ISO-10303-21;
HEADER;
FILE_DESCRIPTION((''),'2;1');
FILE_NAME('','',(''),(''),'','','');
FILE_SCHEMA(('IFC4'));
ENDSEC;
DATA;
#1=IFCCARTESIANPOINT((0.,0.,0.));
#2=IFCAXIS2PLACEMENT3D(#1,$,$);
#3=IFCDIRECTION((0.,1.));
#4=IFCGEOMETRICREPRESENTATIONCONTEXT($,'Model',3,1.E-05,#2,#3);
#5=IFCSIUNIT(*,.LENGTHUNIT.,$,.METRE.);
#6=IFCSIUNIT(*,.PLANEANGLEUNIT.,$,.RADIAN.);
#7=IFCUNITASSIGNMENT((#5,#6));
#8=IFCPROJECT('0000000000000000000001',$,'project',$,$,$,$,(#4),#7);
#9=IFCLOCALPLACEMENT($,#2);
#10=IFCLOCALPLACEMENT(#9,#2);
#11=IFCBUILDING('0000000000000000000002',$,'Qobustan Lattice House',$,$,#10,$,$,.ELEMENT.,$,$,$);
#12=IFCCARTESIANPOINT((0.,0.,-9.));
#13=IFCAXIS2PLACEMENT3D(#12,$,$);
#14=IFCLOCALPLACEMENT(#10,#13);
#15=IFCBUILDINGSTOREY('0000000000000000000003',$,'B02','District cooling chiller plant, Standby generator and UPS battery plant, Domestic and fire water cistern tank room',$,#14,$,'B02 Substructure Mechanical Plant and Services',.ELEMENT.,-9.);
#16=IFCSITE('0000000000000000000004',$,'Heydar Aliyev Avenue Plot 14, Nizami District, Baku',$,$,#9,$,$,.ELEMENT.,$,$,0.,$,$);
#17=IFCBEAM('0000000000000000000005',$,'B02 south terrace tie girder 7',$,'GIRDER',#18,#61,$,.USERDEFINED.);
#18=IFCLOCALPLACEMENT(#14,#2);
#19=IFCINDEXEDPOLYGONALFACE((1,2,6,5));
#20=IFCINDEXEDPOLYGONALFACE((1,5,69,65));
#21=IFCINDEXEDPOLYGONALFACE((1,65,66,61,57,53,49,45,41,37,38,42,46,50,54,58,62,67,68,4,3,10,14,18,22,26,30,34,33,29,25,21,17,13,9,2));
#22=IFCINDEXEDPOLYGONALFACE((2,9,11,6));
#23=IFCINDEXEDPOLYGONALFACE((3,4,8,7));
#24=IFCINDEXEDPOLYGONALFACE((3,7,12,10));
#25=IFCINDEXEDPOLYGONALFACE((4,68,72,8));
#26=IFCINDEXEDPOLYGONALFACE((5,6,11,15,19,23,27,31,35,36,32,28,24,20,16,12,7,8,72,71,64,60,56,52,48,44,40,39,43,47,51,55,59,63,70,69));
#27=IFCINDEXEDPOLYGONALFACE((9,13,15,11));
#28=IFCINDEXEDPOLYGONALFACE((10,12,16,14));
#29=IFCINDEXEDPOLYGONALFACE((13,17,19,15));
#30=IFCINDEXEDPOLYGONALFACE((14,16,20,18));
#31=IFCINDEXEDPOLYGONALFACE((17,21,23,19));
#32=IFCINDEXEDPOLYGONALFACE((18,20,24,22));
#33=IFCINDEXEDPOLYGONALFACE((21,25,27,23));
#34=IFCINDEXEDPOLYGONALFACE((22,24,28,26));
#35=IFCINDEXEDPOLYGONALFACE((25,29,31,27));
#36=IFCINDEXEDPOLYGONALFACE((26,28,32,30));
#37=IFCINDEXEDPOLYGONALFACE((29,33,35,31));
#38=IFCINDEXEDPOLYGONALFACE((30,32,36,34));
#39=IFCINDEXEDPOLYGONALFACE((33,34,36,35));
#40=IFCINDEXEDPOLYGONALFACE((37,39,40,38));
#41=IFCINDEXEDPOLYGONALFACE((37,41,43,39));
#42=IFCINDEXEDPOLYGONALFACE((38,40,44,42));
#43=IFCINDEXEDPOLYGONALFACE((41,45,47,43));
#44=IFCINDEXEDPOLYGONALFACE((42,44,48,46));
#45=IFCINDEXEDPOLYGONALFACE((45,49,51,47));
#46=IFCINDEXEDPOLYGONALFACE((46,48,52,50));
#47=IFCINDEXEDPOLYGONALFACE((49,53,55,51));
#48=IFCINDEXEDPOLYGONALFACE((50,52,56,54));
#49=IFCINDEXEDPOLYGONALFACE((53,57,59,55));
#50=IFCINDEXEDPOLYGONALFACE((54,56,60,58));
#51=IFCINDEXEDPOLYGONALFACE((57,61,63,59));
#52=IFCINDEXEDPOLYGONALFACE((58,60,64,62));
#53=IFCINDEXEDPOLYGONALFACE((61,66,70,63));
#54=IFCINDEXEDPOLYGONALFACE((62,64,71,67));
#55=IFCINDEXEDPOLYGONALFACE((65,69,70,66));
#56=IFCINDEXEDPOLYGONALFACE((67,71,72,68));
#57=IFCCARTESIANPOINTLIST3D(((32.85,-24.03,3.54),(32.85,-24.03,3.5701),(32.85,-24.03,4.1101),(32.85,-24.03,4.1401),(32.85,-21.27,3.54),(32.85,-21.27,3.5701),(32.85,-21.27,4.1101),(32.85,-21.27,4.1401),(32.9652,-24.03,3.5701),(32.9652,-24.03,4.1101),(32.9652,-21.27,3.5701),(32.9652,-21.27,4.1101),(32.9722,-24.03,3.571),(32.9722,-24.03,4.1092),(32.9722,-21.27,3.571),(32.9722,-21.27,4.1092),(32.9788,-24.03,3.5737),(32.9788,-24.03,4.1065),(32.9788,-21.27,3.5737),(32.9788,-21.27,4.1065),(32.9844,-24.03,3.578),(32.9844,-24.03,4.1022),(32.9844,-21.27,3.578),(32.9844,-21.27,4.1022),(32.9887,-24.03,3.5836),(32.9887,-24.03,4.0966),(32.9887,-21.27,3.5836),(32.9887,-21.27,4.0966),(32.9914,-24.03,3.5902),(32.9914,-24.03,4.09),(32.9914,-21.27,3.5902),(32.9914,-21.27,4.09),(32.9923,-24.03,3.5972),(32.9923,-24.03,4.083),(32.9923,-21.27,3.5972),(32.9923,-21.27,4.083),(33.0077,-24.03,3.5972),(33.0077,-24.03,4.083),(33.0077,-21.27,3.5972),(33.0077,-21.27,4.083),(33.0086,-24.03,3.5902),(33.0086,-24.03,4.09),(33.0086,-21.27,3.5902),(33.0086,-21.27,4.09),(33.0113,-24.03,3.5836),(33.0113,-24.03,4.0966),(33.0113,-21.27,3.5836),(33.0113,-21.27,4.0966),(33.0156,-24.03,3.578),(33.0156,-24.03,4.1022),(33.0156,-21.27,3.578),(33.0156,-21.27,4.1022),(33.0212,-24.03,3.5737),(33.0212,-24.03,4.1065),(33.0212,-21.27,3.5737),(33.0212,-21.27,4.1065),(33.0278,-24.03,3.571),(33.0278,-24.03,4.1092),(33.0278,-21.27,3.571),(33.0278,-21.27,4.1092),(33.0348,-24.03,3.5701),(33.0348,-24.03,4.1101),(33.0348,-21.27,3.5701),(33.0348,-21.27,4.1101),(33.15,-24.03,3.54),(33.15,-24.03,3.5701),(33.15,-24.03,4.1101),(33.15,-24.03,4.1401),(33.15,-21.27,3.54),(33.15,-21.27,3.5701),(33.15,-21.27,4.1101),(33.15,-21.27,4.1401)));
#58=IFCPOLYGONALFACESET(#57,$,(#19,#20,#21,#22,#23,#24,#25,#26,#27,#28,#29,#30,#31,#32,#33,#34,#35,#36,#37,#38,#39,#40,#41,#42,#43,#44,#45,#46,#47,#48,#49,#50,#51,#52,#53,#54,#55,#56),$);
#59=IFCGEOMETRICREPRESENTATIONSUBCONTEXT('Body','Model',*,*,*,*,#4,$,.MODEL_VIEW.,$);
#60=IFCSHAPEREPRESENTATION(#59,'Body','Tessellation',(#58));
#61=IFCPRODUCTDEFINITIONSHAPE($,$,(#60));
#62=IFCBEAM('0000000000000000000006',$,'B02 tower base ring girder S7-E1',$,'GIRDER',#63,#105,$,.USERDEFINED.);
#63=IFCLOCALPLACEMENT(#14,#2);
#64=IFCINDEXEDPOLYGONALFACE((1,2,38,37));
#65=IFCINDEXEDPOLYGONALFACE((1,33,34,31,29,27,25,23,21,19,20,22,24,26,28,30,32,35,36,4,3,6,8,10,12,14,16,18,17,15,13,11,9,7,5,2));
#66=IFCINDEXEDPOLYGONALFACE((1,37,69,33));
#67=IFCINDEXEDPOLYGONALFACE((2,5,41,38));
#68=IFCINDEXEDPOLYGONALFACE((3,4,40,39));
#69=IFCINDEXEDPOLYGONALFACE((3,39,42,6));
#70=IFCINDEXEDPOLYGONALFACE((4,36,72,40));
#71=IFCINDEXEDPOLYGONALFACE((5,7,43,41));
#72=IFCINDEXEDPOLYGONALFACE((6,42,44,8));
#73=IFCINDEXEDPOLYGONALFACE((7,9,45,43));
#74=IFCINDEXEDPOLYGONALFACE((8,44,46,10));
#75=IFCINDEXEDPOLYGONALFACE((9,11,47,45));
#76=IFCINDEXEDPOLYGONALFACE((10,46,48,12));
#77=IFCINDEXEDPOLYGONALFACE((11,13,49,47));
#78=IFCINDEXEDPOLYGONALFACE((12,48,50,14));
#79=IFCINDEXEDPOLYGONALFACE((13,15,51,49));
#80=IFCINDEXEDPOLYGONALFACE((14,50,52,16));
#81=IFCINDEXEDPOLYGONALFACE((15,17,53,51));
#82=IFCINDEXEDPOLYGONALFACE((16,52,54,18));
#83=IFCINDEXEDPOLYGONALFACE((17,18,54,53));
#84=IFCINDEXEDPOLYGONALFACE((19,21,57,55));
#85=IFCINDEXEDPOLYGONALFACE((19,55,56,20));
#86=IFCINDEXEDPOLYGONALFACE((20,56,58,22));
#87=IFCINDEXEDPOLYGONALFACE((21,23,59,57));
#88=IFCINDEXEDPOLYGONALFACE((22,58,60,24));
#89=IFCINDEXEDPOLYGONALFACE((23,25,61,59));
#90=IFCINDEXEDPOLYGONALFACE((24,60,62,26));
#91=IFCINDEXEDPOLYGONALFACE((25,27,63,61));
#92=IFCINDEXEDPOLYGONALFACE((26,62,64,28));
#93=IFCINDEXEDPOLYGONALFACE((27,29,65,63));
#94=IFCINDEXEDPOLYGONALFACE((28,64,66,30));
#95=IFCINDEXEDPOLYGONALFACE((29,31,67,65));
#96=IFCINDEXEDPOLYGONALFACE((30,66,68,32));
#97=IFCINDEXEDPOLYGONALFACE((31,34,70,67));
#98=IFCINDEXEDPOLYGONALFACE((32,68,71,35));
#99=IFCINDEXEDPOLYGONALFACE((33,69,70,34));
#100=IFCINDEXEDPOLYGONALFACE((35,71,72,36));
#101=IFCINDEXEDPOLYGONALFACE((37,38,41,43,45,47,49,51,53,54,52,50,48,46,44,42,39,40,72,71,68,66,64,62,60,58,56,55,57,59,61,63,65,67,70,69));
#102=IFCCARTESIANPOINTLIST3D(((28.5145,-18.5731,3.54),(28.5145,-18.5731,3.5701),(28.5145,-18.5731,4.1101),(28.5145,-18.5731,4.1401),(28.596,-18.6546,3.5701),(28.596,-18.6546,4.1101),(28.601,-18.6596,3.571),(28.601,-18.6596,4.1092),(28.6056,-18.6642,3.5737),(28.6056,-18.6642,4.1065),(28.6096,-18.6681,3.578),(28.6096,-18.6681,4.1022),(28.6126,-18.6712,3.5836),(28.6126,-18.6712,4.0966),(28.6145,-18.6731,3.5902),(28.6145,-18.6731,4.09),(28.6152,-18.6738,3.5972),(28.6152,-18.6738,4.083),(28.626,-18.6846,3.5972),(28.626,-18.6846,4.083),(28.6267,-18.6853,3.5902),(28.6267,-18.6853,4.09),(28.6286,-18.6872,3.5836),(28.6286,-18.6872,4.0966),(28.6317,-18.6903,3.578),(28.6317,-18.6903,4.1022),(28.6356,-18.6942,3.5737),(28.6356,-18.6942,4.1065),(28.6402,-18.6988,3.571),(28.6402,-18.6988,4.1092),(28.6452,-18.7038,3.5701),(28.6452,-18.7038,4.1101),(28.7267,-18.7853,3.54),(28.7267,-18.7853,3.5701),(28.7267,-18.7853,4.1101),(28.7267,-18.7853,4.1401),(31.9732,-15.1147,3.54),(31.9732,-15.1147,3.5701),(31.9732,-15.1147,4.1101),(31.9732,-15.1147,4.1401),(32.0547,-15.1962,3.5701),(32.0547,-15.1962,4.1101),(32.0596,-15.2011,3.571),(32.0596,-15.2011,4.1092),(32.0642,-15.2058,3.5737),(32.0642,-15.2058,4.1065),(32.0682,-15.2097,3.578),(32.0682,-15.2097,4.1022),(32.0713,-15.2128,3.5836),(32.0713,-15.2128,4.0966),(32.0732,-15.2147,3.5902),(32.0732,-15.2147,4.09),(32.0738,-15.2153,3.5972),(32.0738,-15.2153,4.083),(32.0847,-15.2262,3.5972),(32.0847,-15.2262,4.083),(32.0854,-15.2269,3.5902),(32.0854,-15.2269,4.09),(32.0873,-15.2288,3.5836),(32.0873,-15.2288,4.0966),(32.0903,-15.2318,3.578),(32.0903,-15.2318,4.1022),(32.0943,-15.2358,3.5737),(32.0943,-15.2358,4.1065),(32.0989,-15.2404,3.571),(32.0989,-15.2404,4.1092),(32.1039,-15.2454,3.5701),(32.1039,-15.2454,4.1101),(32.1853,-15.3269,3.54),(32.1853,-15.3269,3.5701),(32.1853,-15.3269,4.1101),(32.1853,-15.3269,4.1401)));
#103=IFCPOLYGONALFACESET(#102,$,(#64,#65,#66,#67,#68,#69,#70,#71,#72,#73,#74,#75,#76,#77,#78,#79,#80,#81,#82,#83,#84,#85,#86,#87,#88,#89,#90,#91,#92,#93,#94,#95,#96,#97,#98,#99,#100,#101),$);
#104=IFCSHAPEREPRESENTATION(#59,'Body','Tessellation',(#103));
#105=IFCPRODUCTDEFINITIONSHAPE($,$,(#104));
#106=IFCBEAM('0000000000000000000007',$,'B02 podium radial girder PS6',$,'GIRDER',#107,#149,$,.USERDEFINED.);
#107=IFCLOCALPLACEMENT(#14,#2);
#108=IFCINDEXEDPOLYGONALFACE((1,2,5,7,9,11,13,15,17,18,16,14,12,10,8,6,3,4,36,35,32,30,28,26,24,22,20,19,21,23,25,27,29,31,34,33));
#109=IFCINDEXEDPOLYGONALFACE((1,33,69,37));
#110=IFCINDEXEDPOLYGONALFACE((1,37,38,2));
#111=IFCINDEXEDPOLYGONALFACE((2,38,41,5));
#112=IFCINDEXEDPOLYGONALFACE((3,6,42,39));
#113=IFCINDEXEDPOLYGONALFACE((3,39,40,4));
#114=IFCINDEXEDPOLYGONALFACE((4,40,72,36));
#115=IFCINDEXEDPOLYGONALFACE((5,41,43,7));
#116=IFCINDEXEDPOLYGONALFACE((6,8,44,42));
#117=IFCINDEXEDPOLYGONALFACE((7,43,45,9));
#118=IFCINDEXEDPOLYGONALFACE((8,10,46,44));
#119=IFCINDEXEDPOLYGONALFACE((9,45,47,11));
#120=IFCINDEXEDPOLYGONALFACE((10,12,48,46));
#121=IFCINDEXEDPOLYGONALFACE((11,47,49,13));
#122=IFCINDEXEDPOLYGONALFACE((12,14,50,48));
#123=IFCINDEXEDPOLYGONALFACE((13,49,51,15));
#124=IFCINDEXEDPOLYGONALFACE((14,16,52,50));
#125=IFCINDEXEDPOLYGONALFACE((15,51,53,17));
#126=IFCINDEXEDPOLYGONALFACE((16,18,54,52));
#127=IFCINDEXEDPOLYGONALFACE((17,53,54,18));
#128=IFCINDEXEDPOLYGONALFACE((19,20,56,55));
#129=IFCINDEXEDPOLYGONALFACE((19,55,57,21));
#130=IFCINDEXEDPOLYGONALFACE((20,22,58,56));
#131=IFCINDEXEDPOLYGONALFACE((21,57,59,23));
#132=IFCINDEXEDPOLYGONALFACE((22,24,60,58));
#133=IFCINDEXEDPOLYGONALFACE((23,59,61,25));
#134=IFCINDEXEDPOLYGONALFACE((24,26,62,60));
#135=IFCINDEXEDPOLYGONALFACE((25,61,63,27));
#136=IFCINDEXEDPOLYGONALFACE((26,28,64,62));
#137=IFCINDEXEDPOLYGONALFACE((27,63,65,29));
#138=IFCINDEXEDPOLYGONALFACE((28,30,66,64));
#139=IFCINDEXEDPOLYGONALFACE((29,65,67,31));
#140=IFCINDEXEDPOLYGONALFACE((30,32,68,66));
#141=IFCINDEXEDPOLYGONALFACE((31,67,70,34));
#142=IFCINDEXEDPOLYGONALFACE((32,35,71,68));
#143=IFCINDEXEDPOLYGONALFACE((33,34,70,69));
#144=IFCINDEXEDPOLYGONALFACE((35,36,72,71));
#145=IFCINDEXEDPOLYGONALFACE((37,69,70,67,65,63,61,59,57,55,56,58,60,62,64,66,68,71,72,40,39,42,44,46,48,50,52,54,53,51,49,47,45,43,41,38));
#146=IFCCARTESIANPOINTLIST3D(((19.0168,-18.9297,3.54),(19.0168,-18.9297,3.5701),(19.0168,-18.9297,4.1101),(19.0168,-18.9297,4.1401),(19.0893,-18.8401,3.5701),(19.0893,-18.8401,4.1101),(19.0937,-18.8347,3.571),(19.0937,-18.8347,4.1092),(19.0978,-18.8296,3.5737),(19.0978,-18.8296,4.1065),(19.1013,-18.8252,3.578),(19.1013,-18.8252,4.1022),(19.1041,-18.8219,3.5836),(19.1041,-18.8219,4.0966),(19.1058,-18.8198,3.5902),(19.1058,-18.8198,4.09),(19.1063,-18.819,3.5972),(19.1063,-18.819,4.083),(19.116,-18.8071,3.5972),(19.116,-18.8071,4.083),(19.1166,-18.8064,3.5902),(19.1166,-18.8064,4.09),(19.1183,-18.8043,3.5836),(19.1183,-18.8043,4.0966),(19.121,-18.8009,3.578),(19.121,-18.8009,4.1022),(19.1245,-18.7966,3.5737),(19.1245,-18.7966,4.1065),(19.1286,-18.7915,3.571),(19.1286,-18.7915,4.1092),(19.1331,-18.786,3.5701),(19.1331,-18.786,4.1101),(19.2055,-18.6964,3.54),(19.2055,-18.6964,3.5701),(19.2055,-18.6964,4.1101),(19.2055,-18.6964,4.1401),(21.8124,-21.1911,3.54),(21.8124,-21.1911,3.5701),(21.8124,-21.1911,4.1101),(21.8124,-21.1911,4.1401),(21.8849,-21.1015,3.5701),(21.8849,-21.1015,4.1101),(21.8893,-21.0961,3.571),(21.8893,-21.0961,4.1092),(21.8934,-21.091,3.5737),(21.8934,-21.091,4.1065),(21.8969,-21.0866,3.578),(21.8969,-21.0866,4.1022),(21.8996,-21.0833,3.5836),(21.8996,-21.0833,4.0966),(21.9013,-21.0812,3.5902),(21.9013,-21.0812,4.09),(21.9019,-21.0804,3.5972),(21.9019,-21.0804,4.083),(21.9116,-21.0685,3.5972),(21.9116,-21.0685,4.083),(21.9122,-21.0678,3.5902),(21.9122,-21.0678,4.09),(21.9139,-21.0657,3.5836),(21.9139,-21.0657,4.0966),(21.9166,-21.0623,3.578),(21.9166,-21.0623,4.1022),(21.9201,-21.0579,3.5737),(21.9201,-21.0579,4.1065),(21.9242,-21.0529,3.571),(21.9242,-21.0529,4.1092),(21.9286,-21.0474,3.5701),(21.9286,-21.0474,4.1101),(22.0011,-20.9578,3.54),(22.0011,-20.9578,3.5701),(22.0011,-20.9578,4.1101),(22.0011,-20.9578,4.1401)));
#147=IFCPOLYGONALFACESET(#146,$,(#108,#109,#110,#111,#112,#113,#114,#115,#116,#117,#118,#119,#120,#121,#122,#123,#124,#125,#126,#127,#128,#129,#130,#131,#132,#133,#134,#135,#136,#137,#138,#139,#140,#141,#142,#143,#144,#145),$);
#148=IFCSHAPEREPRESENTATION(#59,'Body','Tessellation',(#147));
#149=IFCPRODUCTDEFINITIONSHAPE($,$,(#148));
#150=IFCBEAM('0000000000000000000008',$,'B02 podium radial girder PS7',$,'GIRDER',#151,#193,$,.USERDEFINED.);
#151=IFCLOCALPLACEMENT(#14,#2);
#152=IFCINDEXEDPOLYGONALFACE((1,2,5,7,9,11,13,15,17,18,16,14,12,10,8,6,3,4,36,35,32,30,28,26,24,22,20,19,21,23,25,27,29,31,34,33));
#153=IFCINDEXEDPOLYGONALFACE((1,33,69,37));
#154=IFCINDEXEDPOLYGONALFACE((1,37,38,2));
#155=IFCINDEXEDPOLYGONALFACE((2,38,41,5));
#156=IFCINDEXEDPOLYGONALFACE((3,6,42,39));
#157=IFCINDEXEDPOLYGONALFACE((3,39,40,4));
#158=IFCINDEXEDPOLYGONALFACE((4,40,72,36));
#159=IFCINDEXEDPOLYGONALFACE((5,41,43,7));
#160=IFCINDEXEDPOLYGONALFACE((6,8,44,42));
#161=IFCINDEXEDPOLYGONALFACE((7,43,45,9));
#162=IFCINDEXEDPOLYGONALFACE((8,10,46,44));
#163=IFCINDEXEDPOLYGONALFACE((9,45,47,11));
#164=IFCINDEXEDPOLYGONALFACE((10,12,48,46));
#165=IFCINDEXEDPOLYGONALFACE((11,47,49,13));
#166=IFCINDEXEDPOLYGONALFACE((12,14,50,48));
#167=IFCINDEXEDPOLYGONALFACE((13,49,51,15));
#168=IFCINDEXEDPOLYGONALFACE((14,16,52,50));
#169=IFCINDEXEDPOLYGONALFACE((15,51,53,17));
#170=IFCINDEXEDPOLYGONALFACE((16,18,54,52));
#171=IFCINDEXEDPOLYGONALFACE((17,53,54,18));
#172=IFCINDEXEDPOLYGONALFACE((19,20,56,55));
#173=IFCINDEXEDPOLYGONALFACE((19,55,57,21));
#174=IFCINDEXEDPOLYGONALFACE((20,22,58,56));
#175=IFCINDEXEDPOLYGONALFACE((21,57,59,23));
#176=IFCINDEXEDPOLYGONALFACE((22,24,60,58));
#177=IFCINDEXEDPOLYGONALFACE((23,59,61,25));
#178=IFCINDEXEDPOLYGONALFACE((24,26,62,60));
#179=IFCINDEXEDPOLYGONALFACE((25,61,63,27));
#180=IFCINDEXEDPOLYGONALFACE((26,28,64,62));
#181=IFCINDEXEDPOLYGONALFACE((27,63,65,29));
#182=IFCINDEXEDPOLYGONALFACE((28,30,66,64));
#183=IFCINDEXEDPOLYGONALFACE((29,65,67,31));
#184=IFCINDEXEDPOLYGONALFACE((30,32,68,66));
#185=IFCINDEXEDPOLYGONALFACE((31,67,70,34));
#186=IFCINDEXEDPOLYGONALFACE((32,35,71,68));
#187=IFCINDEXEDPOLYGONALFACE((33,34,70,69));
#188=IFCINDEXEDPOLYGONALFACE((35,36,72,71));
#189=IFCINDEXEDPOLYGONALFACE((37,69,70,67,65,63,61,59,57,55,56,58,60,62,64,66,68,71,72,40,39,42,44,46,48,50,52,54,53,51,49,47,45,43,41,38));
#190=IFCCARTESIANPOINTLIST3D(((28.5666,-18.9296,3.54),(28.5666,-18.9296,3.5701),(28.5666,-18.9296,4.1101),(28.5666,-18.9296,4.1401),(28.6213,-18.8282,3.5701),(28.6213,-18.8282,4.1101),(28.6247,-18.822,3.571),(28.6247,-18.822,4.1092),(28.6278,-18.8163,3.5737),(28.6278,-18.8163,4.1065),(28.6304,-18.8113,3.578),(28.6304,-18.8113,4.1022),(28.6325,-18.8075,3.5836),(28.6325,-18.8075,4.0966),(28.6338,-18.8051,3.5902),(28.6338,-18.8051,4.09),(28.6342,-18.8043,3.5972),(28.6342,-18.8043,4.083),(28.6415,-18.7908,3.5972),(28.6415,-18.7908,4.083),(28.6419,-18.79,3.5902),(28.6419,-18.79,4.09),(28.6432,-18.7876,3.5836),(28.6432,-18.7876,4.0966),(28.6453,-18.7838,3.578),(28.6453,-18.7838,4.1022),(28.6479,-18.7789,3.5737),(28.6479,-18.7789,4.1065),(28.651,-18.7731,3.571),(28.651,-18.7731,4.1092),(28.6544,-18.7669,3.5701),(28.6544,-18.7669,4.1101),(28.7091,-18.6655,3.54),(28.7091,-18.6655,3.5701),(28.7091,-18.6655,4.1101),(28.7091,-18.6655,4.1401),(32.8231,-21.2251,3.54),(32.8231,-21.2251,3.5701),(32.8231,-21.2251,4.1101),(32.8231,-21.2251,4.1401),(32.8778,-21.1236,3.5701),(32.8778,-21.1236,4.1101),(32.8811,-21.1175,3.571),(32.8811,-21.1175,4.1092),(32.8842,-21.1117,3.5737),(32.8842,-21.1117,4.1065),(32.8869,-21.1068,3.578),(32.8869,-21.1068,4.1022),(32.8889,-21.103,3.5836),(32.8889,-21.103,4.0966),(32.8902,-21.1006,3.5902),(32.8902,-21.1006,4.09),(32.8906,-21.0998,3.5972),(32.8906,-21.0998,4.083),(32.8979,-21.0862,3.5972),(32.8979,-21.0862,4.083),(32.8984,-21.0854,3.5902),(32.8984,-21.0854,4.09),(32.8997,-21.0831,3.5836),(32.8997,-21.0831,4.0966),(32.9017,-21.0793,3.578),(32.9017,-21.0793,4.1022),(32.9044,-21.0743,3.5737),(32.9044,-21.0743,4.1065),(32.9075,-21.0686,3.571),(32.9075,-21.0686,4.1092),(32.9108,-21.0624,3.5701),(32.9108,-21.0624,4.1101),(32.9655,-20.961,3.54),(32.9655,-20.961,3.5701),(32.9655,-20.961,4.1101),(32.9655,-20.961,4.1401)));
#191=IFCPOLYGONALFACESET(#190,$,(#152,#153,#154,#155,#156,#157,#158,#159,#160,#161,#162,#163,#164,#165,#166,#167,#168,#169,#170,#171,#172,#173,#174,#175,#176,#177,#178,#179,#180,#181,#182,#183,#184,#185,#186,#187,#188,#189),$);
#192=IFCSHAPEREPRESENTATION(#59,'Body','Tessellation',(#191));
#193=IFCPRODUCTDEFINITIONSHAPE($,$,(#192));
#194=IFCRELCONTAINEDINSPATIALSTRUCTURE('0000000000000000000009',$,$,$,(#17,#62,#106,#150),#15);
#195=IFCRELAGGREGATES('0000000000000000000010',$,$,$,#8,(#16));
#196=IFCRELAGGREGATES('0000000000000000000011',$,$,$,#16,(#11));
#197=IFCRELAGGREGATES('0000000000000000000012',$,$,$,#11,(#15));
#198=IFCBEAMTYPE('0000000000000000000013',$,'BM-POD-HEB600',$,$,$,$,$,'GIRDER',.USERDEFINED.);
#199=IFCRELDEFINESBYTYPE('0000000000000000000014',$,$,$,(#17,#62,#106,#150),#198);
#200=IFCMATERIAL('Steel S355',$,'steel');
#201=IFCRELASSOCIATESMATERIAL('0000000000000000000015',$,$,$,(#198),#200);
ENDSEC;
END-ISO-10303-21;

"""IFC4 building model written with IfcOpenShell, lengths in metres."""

from ifc_helpers import new_model, si_unit, direction, frame, origin, origin_2d, place, context, subcontext, project, spatial, i_section, extrude, material, material_profile, profile_set, type_object, element, save


model = new_model("IFC4")

# Units and contexts
model_context = context("Model", 3, precision=1e-05, world=origin(), true_north=direction((0.0, 1.0)))
body_context = subcontext(model_context, "Body", "Model", "MODEL_VIEW")
ifc_project = project(units=[si_unit("LENGTHUNIT", "METRE"), si_unit("PLANEANGLEUNIT", "RADIAN")], contexts=[model_context])

# Site, building, storey
site_placement = place(None, origin())
site = spatial("IfcSite", under=ifc_project, at=site_placement, Name="Heydar Aliyev Avenue Plot 14, Nizami District, Baku", CompositionType="ELEMENT", RefElevation=0.0)
building_placement = place(site_placement, origin())
building = spatial("IfcBuilding", under=site, at=building_placement, Name="Qobustan Lattice House", CompositionType="ELEMENT")
storey_placement = place(building_placement, frame((0.0, 0.0, -9.0)))
storey = spatial("IfcBuildingStorey", under=building, at=storey_placement, Name="B02", Description="District cooling chiller plant, Standby generator and UPS battery plant, Domestic and fire water cistern tank room", LongName="B02 Substructure Mechanical Plant and Services", CompositionType="ELEMENT", Elevation=-9.0)

# Beams
ifc_material_1 = material(Name="Steel S355", Category="steel")
ifc_material_profile_1 = material_profile(ifc_material_1, i_section(OverallWidth=0.3, OverallDepth=0.6001, WebThickness=0.0154, FlangeThickness=0.03, FilletRadius=0.0271, at=origin_2d()), Name="HEB600")
ifc_profile_set_1 = profile_set([ifc_material_profile_1], Name="Steel S355")
beam_type_1 = type_object("IfcBeamType", Name="BM-POD-HEB600", ElementType="GIRDER", PredefinedType="USERDEFINED", material=ifc_profile_set_1)
for number, where, z_axis, x_axis, name in (
    (1, (33.0, -24.03, 3.8401), (0.0, 1.0, 0.0), (-1.0, 0.0, 0.0), "B02 south terrace tie girder 7"),
):
    element("IfcBeam", number, at=place(storey_placement, frame(where, z_axis=z_axis, x_axis=x_axis)), inside=storey, type_object=beam_type_1, Name=name, ObjectType="GIRDER", PredefinedType="USERDEFINED", context=body_context, shape_type="SweptSolid", body=[
        extrude(i_section(OverallWidth=0.3, OverallDepth=0.6001, WebThickness=0.0154, FlangeThickness=0.03, FilletRadius=0.0271, at=origin_2d()), origin(), (0.0, 0.0, 1.0), 2.76),
    ])
beam_1_placement = place(storey_placement, frame((28.6206, -18.6792, 3.8401), z_axis=(0.707132, 0.707082, 0.0), x_axis=(-0.707082, 0.707132, 0.0)))
element("IfcBeam", 2, at=beam_1_placement, inside=storey, type_object=beam_type_1, Name="B02 tower base ring girder S7-E1", ObjectType="GIRDER", PredefinedType="USERDEFINED", context=body_context, shape_type="SweptSolid", body=[
    extrude(i_section(OverallWidth=0.3, OverallDepth=0.6001, WebThickness=0.0154, FlangeThickness=0.03, FilletRadius=0.0271, at=origin_2d()), origin(), (0.0, 0.0, 1.0), 4.8911),
])
beam_2_placement = place(storey_placement, frame((21.9067, -21.0745, 3.8401), z_axis=(-0.777473, 0.628917, 0.0), x_axis=(-0.628917, -0.777473, 0.0)))
element("IfcBeam", 3, at=beam_2_placement, inside=storey, type_object=beam_type_1, Name="B02 podium radial girder PS6", ObjectType="GIRDER", PredefinedType="USERDEFINED", context=body_context, shape_type="SweptSolid", body=[
    extrude(i_section(OverallWidth=0.3, OverallDepth=0.6001, WebThickness=0.0154, FlangeThickness=0.03, FilletRadius=0.0271, at=origin_2d()), origin(), (0.0, 0.0, 1.0), 3.5957),
])
beam_3_placement = place(storey_placement, frame((32.8943, -21.093, 3.8401), z_axis=(-0.880166, 0.474666, 0.0), x_axis=(-0.474666, -0.880166, 0.0)))
element("IfcBeam", 4, at=beam_3_placement, inside=storey, type_object=beam_type_1, Name="B02 podium radial girder PS7", ObjectType="GIRDER", PredefinedType="USERDEFINED", context=body_context, shape_type="SweptSolid", body=[
    extrude(i_section(OverallWidth=0.3, OverallDepth=0.6001, WebThickness=0.0154, FlangeThickness=0.03, FilletRadius=0.0271, at=origin_2d()), origin(), (0.0, 0.0, 1.0), 4.8359),
])

save(model, "model.ifc")
